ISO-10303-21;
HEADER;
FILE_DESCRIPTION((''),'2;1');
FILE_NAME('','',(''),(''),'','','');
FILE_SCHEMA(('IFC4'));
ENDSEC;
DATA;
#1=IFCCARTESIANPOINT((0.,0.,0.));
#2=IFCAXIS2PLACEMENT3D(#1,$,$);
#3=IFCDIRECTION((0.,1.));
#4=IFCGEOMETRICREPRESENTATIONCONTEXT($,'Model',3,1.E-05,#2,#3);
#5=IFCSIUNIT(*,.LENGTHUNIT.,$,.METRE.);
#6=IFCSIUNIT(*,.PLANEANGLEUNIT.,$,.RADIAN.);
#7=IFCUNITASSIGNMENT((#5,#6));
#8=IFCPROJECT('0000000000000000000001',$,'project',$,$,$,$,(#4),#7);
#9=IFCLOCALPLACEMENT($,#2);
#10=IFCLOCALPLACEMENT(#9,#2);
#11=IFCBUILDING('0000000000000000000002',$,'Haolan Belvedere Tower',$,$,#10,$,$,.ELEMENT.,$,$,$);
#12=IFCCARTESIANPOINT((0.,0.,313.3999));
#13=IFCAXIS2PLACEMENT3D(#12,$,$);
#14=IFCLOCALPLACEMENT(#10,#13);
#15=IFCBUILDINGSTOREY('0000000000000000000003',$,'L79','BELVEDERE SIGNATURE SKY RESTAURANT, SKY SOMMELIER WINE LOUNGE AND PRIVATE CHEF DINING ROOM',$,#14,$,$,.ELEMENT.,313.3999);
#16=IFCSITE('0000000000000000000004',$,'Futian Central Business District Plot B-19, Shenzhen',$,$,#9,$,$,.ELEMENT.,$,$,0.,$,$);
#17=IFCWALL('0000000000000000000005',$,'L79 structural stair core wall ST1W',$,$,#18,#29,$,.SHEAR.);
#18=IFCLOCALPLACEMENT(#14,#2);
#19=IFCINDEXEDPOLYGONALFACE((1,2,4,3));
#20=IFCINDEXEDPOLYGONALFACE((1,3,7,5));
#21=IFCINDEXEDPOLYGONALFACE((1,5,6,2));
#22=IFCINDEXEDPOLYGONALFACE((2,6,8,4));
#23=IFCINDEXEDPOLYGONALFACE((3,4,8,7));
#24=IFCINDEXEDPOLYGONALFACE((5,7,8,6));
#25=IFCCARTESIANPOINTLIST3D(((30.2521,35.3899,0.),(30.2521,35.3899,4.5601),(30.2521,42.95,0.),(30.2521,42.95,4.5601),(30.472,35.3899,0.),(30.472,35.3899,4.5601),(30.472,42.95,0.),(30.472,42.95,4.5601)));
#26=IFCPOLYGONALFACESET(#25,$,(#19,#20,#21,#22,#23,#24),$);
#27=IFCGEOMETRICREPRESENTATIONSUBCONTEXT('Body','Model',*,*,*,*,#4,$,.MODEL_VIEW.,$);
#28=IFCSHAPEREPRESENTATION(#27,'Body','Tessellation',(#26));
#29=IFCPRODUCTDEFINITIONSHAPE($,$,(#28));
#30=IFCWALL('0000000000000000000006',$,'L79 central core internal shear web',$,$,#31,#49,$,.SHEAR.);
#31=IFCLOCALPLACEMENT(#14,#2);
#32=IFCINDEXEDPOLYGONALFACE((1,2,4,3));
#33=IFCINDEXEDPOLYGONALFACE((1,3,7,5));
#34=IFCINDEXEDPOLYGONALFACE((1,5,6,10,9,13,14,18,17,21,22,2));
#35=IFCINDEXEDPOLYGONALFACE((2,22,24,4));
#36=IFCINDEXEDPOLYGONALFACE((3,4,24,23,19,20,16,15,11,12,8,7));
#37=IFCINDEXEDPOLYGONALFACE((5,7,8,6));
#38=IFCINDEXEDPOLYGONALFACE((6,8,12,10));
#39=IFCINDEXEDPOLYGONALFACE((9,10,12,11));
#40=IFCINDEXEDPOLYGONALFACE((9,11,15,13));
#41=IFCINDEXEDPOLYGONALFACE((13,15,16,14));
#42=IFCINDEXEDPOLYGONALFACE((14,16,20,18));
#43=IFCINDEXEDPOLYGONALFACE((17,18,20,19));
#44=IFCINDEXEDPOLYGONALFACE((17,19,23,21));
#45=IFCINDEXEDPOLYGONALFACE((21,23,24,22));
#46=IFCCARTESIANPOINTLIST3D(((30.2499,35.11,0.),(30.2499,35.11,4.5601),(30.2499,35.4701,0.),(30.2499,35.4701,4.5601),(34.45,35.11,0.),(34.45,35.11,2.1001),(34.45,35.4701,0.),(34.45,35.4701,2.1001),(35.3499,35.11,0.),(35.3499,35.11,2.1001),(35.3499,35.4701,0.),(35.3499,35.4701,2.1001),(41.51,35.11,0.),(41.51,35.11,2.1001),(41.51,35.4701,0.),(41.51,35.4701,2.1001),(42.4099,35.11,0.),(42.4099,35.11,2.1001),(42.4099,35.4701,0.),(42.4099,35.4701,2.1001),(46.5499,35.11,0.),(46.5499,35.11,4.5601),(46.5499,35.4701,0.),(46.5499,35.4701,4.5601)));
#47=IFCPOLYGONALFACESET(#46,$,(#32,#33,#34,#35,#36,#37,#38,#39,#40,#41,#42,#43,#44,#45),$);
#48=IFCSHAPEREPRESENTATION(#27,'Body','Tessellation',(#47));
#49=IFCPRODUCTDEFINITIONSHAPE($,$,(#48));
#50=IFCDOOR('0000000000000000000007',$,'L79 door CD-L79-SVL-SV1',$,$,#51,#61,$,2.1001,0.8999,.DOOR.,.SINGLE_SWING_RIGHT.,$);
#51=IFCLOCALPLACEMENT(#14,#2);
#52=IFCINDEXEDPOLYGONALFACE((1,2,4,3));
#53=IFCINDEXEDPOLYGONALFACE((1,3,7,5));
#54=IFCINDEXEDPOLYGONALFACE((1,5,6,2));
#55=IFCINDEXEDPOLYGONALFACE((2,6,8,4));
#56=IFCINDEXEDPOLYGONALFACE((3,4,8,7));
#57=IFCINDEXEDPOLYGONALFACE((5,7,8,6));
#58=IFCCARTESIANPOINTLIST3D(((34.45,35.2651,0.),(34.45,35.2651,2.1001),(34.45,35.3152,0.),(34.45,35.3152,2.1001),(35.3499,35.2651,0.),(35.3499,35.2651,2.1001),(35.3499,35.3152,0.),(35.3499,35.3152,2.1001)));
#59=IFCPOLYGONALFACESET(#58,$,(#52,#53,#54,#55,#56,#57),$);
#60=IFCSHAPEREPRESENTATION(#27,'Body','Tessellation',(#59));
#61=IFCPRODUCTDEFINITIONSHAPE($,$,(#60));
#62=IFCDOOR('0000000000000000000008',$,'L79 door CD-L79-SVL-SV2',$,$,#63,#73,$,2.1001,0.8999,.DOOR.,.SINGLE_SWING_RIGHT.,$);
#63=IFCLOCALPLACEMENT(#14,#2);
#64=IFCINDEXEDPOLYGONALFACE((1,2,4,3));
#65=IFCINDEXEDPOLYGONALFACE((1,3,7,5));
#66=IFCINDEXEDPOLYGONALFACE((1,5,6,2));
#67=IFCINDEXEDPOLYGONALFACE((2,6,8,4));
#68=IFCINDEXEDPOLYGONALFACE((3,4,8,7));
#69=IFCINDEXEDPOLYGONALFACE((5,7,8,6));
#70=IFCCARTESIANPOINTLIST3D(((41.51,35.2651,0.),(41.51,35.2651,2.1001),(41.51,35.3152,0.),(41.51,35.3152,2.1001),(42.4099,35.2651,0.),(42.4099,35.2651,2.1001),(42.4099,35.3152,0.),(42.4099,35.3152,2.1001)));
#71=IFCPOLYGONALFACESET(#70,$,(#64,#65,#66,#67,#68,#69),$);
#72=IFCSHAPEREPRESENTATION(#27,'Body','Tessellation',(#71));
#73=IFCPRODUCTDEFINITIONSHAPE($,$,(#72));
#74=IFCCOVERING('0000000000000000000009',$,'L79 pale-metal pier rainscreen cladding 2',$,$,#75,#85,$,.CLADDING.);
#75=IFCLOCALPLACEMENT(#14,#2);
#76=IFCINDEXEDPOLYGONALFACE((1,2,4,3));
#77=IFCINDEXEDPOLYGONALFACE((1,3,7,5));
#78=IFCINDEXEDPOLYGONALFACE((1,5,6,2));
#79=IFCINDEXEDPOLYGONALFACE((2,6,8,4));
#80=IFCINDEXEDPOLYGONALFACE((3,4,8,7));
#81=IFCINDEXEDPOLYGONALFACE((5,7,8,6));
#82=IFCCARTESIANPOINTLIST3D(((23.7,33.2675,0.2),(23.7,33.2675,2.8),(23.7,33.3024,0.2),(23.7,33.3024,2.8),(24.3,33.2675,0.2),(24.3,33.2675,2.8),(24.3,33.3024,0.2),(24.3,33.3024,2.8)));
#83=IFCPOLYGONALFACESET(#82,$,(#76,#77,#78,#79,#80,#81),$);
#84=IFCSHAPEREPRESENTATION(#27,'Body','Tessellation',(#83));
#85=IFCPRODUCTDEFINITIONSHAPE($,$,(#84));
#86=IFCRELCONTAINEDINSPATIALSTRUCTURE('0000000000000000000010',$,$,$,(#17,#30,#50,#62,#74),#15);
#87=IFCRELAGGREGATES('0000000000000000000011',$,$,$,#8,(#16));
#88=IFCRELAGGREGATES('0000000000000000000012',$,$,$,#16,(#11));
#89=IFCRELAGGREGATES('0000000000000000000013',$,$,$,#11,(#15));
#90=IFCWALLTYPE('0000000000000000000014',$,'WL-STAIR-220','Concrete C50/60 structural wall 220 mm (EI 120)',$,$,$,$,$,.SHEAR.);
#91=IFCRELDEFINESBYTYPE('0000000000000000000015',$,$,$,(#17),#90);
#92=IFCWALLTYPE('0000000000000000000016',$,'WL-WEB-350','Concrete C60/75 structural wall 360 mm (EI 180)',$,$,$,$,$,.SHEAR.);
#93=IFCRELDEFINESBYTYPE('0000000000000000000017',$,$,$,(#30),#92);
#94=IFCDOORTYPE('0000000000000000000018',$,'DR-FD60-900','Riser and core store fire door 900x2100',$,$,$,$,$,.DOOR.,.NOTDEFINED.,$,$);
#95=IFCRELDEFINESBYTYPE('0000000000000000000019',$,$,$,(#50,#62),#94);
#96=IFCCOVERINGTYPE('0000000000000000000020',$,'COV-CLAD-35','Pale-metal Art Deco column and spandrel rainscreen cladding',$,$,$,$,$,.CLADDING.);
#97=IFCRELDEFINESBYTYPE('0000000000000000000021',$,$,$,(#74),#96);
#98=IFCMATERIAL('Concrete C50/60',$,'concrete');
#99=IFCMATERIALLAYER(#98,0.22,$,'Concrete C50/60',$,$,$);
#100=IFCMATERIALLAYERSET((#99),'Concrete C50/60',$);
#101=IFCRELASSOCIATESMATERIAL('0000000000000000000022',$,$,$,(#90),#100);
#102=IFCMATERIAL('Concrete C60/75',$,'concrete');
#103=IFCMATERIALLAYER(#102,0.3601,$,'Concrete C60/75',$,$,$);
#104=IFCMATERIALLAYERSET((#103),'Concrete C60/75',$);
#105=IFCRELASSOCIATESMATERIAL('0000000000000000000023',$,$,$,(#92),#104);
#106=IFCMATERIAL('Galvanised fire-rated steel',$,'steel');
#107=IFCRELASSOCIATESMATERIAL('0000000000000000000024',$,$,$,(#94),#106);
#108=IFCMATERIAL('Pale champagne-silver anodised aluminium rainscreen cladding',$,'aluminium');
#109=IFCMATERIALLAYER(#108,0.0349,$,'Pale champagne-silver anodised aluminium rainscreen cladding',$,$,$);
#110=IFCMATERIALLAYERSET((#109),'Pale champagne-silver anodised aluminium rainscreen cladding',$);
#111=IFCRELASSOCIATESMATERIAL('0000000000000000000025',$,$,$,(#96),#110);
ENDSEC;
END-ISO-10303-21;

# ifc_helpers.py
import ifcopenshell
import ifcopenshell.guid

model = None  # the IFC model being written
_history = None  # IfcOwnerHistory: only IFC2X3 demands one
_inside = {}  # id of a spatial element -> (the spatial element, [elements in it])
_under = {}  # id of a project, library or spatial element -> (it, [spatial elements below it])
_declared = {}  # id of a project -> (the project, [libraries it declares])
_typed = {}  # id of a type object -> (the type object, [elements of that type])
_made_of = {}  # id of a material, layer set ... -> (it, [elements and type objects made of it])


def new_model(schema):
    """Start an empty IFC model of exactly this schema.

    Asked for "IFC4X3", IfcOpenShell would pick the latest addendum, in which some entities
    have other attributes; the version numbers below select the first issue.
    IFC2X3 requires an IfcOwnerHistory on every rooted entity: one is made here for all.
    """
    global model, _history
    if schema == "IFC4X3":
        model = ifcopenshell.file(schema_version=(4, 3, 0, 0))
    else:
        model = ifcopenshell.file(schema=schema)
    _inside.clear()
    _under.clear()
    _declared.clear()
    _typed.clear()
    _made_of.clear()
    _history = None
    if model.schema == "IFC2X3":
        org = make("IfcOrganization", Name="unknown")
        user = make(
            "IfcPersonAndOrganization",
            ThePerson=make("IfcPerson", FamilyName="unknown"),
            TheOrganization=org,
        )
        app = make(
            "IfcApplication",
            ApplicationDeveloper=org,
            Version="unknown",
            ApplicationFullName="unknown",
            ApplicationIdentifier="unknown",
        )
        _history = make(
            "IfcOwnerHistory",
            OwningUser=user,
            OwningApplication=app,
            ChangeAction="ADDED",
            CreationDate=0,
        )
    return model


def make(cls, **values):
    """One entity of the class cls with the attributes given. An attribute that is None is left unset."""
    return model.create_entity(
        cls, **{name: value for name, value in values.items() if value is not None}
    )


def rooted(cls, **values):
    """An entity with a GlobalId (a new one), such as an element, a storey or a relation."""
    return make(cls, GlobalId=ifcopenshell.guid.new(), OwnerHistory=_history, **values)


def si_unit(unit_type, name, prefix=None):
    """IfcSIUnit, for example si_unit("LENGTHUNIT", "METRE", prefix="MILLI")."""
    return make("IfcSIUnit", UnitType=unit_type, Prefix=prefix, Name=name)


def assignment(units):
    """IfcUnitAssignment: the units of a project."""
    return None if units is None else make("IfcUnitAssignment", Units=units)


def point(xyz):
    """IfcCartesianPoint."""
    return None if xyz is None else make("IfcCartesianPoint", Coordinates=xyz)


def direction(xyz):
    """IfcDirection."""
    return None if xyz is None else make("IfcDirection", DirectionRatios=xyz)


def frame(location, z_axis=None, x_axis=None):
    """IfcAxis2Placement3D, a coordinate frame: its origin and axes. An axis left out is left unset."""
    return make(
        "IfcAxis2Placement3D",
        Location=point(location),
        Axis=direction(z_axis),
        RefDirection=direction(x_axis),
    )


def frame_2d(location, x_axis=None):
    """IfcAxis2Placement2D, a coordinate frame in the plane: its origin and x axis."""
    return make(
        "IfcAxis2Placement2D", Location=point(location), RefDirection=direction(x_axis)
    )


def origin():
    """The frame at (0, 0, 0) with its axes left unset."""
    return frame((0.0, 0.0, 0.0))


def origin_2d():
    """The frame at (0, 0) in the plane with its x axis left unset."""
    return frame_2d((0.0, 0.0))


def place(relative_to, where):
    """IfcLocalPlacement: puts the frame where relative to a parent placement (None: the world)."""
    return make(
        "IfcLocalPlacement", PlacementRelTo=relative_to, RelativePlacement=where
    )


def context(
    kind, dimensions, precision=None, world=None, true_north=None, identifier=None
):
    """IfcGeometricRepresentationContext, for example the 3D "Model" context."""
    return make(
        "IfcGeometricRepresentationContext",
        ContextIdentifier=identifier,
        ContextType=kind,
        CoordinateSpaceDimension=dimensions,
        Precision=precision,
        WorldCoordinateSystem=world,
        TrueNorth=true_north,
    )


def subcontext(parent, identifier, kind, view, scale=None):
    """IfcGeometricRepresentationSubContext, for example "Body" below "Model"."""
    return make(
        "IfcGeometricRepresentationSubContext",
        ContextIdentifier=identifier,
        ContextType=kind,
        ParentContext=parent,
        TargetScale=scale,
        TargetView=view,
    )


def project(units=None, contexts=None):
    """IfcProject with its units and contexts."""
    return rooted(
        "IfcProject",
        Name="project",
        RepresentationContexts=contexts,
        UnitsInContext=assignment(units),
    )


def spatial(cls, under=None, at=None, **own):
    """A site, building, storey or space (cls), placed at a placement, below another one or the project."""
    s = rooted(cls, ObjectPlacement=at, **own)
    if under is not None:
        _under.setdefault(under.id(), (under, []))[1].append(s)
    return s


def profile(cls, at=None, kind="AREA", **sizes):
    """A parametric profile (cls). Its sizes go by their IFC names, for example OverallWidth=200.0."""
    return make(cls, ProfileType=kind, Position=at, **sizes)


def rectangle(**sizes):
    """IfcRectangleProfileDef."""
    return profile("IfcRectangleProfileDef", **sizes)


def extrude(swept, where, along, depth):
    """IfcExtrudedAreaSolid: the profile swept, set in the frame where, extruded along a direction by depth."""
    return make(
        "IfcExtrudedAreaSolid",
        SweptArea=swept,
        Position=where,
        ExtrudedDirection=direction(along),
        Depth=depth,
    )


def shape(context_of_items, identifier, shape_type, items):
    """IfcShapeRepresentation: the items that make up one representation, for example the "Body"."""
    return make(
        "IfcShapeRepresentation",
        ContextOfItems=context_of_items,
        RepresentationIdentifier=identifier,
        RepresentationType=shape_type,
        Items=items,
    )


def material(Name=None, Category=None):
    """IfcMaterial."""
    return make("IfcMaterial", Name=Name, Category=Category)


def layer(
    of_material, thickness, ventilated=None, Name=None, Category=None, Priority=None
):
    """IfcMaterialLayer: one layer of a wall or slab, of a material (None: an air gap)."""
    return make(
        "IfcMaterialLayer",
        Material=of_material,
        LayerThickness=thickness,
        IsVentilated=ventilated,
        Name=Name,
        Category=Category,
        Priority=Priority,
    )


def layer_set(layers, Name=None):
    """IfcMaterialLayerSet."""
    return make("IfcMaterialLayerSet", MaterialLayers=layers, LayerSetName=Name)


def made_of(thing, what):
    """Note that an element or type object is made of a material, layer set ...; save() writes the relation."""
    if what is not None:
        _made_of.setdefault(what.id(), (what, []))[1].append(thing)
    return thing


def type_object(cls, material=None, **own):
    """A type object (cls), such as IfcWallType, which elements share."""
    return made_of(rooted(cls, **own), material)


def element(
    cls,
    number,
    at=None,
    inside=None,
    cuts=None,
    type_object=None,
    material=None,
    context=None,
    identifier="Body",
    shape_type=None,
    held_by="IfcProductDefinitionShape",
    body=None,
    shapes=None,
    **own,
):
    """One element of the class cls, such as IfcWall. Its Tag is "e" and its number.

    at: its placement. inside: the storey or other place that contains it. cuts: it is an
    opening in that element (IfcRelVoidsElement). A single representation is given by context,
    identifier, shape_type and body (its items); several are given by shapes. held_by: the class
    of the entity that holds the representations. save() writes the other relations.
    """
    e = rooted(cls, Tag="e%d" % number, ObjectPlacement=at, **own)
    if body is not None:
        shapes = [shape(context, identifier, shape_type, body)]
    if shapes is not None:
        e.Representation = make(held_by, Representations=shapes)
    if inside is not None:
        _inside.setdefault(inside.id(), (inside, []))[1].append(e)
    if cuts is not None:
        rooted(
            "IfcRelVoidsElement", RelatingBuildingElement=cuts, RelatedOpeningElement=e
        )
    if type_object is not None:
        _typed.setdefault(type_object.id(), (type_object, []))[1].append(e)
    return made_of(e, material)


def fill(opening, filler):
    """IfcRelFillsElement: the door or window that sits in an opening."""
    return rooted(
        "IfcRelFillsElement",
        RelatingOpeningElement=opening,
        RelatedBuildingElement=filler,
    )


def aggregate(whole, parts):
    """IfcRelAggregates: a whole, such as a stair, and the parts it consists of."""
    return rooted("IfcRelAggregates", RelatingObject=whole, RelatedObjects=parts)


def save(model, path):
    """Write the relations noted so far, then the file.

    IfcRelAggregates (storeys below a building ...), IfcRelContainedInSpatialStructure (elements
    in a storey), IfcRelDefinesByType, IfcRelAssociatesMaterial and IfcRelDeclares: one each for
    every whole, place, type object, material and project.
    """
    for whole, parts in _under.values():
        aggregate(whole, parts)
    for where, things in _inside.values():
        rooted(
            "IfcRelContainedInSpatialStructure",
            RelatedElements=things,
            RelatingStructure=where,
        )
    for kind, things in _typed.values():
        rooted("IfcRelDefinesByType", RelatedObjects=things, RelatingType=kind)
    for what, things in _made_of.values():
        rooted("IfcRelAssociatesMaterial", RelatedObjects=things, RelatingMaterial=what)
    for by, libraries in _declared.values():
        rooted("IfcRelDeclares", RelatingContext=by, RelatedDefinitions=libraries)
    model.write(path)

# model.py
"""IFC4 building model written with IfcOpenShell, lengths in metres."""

from ifc_helpers import new_model, si_unit, direction, frame, frame_2d, origin, origin_2d, place, context, subcontext, project, spatial, rectangle, extrude, material, layer, layer_set, type_object, element, fill, save


model = new_model("IFC4")

# Units and contexts
model_context = context("Model", 3, precision=1e-05, world=origin(), true_north=direction((0.0, 1.0)))
body_context = subcontext(model_context, "Body", "Model", "MODEL_VIEW")
ifc_project = project(units=[si_unit("LENGTHUNIT", "METRE"), si_unit("PLANEANGLEUNIT", "RADIAN")], contexts=[model_context])

# Site, building, storey
site_placement = place(None, origin())
site = spatial("IfcSite", under=ifc_project, at=site_placement, Name="Futian Central Business District Plot B-19, Shenzhen", CompositionType="ELEMENT", RefElevation=0.0)
building_placement = place(site_placement, origin())
building = spatial("IfcBuilding", under=site, at=building_placement, Name="Haolan Belvedere Tower", CompositionType="ELEMENT")
storey_placement = place(building_placement, frame((0.0, 0.0, 313.3999)))
storey = spatial("IfcBuildingStorey", under=building, at=storey_placement, Name="L79", Description="BELVEDERE SIGNATURE SKY RESTAURANT, SKY SOMMELIER WINE LOUNGE AND PRIVATE CHEF DINING ROOM", CompositionType="ELEMENT", Elevation=313.3999)

# Wall
ifc_material_1 = material(Name="Concrete C50/60", Category="concrete")
ifc_layer_1 = layer(ifc_material_1, 0.22, Name="Concrete C50/60")
ifc_layer_set_1 = layer_set([ifc_layer_1], Name="Concrete C50/60")
wall_type_1 = type_object("IfcWallType", Name="WL-STAIR-220", Description="Concrete C50/60 structural wall 220 mm (EI 120)", PredefinedType="SHEAR", material=ifc_layer_set_1)
wall_1_placement = place(storey_placement, frame((30.3621, 35.3899, 0.0), z_axis=(0.0, 0.0, 1.0), x_axis=(0.0, 1.0, 0.0)))
element("IfcWall", 1, at=wall_1_placement, inside=storey, type_object=wall_type_1, Name="L79 structural stair core wall ST1W", PredefinedType="SHEAR", context=body_context, shape_type="SweptSolid", body=[
    extrude(rectangle(XDim=7.5601, YDim=0.22, at=frame_2d((3.78, 0.0))), origin(), (0.0, 0.0, 1.0), 4.5601),
])

# Wall, openings, doors
ifc_material_2 = material(Name="Concrete C60/75", Category="concrete")
ifc_layer_2 = layer(ifc_material_2, 0.3601, Name="Concrete C60/75")
ifc_layer_set_2 = layer_set([ifc_layer_2], Name="Concrete C60/75")
wall_type_2 = type_object("IfcWallType", Name="WL-WEB-350", Description="Concrete C60/75 structural wall 360 mm (EI 180)", PredefinedType="SHEAR", material=ifc_layer_set_2)
wall_2_placement = place(storey_placement, frame((30.25, 35.29, 0.0), z_axis=(0.0, 0.0, 1.0), x_axis=(1.0, 0.0, 0.0)))
wall_2 = element("IfcWall", 2, at=wall_2_placement, inside=storey, type_object=wall_type_2, Name="L79 central core internal shear web", PredefinedType="SHEAR", context=body_context, shape_type="SweptSolid", body=[
    extrude(rectangle(XDim=16.3, YDim=0.3601, at=frame_2d((8.1499, 0.0))), origin(), (0.0, 0.0, 1.0), 4.5601),
])
opening_1_placement = place(wall_2_placement, frame((5.0999, 0.0, 0.0), z_axis=(0.0, 0.0, 1.0), x_axis=(-1.0, 0.0, 0.0)))
opening_1 = element("IfcOpeningElement", 3, at=opening_1_placement, cuts=wall_2, PredefinedType="OPENING", context=body_context, shape_type="SweptSolid", body=[
    extrude(rectangle(XDim=0.8999, YDim=2.1001, at=frame_2d((0.45, 1.05))), frame((0.0, 0.1899, 0.0), z_axis=(0.0, -1.0, 0.0), x_axis=(1.0, 0.0, 0.0)), (0.0, 0.0, 1.0), 0.3801),
])
opening_2_placement = place(wall_2_placement, frame((12.1599, 0.0, 0.0), z_axis=(0.0, 0.0, 1.0), x_axis=(-1.0, 0.0, 0.0)))
opening_2 = element("IfcOpeningElement", 4, at=opening_2_placement, cuts=wall_2, PredefinedType="OPENING", context=body_context, shape_type="SweptSolid", body=[
    extrude(rectangle(XDim=0.8999, YDim=2.1001, at=frame_2d((0.45, 1.05))), frame((0.0, 0.1899, 0.0), z_axis=(0.0, -1.0, 0.0), x_axis=(1.0, 0.0, 0.0)), (0.0, 0.0, 1.0), 0.3801),
])
ifc_material_3 = material(Name="Galvanised fire-rated steel", Category="steel")
door_type_1 = type_object("IfcDoorType", Name="DR-FD60-900", Description="Riser and core store fire door 900x2100", OperationType="NOTDEFINED", PredefinedType="DOOR", material=ifc_material_3)
door_1_placement = place(opening_1_placement, origin())
door_1 = element("IfcDoor", 5, at=door_1_placement, inside=storey, type_object=door_type_1, Name="L79 door CD-L79-SVL-SV1", OperationType="SINGLE_SWING_RIGHT", OverallHeight=2.1001, OverallWidth=0.8999, PredefinedType="DOOR", context=body_context, shape_type="SweptSolid", body=[
    extrude(rectangle(XDim=0.8999, YDim=2.1001, at=frame_2d((0.45, 1.05))), frame((0.0, 0.0249, 0.0), z_axis=(0.0, -1.0, 0.0), x_axis=(1.0, 0.0, 0.0)), (0.0, 0.0, 1.0), 0.05),
])
fill(opening_1, door_1)
door_2_placement = place(opening_2_placement, origin())
door_2 = element("IfcDoor", 6, at=door_2_placement, inside=storey, type_object=door_type_1, Name="L79 door CD-L79-SVL-SV2", OperationType="SINGLE_SWING_RIGHT", OverallHeight=2.1001, OverallWidth=0.8999, PredefinedType="DOOR", context=body_context, shape_type="SweptSolid", body=[
    extrude(rectangle(XDim=0.8999, YDim=2.1001, at=frame_2d((0.45, 1.05))), frame((0.0, 0.0249, 0.0), z_axis=(0.0, -1.0, 0.0), x_axis=(1.0, 0.0, 0.0)), (0.0, 0.0, 1.0), 0.05),
])
fill(opening_2, door_2)

# Covering
ifc_material_4 = material(Name="Pale champagne-silver anodised aluminium rainscreen cladding", Category="aluminium")
ifc_layer_3 = layer(ifc_material_4, 0.0349, Name="Pale champagne-silver anodised aluminium rainscreen cladding")
ifc_layer_set_3 = layer_set([ifc_layer_3], Name="Pale champagne-silver anodised aluminium rainscreen cladding")
covering_type = type_object("IfcCoveringType", Name="COV-CLAD-35", Description="Pale-metal Art Deco column and spandrel rainscreen cladding", PredefinedType="CLADDING", material=ifc_layer_set_3)
covering_placement = place(storey_placement, frame((24.0, 33.2849, 0.2), z_axis=(0.0, 0.0, 1.0), x_axis=(1.0, 0.0, 0.0)))
element("IfcCovering", 7, at=covering_placement, inside=storey, type_object=covering_type, Name="L79 pale-metal pier rainscreen cladding 2", PredefinedType="CLADDING", context=body_context, shape_type="SweptSolid", body=[
    extrude(rectangle(XDim=0.6001, YDim=0.0349, at=origin_2d()), origin(), (0.0, 0.0, 1.0), 2.6001),
])

save(model, "model.ifc")
